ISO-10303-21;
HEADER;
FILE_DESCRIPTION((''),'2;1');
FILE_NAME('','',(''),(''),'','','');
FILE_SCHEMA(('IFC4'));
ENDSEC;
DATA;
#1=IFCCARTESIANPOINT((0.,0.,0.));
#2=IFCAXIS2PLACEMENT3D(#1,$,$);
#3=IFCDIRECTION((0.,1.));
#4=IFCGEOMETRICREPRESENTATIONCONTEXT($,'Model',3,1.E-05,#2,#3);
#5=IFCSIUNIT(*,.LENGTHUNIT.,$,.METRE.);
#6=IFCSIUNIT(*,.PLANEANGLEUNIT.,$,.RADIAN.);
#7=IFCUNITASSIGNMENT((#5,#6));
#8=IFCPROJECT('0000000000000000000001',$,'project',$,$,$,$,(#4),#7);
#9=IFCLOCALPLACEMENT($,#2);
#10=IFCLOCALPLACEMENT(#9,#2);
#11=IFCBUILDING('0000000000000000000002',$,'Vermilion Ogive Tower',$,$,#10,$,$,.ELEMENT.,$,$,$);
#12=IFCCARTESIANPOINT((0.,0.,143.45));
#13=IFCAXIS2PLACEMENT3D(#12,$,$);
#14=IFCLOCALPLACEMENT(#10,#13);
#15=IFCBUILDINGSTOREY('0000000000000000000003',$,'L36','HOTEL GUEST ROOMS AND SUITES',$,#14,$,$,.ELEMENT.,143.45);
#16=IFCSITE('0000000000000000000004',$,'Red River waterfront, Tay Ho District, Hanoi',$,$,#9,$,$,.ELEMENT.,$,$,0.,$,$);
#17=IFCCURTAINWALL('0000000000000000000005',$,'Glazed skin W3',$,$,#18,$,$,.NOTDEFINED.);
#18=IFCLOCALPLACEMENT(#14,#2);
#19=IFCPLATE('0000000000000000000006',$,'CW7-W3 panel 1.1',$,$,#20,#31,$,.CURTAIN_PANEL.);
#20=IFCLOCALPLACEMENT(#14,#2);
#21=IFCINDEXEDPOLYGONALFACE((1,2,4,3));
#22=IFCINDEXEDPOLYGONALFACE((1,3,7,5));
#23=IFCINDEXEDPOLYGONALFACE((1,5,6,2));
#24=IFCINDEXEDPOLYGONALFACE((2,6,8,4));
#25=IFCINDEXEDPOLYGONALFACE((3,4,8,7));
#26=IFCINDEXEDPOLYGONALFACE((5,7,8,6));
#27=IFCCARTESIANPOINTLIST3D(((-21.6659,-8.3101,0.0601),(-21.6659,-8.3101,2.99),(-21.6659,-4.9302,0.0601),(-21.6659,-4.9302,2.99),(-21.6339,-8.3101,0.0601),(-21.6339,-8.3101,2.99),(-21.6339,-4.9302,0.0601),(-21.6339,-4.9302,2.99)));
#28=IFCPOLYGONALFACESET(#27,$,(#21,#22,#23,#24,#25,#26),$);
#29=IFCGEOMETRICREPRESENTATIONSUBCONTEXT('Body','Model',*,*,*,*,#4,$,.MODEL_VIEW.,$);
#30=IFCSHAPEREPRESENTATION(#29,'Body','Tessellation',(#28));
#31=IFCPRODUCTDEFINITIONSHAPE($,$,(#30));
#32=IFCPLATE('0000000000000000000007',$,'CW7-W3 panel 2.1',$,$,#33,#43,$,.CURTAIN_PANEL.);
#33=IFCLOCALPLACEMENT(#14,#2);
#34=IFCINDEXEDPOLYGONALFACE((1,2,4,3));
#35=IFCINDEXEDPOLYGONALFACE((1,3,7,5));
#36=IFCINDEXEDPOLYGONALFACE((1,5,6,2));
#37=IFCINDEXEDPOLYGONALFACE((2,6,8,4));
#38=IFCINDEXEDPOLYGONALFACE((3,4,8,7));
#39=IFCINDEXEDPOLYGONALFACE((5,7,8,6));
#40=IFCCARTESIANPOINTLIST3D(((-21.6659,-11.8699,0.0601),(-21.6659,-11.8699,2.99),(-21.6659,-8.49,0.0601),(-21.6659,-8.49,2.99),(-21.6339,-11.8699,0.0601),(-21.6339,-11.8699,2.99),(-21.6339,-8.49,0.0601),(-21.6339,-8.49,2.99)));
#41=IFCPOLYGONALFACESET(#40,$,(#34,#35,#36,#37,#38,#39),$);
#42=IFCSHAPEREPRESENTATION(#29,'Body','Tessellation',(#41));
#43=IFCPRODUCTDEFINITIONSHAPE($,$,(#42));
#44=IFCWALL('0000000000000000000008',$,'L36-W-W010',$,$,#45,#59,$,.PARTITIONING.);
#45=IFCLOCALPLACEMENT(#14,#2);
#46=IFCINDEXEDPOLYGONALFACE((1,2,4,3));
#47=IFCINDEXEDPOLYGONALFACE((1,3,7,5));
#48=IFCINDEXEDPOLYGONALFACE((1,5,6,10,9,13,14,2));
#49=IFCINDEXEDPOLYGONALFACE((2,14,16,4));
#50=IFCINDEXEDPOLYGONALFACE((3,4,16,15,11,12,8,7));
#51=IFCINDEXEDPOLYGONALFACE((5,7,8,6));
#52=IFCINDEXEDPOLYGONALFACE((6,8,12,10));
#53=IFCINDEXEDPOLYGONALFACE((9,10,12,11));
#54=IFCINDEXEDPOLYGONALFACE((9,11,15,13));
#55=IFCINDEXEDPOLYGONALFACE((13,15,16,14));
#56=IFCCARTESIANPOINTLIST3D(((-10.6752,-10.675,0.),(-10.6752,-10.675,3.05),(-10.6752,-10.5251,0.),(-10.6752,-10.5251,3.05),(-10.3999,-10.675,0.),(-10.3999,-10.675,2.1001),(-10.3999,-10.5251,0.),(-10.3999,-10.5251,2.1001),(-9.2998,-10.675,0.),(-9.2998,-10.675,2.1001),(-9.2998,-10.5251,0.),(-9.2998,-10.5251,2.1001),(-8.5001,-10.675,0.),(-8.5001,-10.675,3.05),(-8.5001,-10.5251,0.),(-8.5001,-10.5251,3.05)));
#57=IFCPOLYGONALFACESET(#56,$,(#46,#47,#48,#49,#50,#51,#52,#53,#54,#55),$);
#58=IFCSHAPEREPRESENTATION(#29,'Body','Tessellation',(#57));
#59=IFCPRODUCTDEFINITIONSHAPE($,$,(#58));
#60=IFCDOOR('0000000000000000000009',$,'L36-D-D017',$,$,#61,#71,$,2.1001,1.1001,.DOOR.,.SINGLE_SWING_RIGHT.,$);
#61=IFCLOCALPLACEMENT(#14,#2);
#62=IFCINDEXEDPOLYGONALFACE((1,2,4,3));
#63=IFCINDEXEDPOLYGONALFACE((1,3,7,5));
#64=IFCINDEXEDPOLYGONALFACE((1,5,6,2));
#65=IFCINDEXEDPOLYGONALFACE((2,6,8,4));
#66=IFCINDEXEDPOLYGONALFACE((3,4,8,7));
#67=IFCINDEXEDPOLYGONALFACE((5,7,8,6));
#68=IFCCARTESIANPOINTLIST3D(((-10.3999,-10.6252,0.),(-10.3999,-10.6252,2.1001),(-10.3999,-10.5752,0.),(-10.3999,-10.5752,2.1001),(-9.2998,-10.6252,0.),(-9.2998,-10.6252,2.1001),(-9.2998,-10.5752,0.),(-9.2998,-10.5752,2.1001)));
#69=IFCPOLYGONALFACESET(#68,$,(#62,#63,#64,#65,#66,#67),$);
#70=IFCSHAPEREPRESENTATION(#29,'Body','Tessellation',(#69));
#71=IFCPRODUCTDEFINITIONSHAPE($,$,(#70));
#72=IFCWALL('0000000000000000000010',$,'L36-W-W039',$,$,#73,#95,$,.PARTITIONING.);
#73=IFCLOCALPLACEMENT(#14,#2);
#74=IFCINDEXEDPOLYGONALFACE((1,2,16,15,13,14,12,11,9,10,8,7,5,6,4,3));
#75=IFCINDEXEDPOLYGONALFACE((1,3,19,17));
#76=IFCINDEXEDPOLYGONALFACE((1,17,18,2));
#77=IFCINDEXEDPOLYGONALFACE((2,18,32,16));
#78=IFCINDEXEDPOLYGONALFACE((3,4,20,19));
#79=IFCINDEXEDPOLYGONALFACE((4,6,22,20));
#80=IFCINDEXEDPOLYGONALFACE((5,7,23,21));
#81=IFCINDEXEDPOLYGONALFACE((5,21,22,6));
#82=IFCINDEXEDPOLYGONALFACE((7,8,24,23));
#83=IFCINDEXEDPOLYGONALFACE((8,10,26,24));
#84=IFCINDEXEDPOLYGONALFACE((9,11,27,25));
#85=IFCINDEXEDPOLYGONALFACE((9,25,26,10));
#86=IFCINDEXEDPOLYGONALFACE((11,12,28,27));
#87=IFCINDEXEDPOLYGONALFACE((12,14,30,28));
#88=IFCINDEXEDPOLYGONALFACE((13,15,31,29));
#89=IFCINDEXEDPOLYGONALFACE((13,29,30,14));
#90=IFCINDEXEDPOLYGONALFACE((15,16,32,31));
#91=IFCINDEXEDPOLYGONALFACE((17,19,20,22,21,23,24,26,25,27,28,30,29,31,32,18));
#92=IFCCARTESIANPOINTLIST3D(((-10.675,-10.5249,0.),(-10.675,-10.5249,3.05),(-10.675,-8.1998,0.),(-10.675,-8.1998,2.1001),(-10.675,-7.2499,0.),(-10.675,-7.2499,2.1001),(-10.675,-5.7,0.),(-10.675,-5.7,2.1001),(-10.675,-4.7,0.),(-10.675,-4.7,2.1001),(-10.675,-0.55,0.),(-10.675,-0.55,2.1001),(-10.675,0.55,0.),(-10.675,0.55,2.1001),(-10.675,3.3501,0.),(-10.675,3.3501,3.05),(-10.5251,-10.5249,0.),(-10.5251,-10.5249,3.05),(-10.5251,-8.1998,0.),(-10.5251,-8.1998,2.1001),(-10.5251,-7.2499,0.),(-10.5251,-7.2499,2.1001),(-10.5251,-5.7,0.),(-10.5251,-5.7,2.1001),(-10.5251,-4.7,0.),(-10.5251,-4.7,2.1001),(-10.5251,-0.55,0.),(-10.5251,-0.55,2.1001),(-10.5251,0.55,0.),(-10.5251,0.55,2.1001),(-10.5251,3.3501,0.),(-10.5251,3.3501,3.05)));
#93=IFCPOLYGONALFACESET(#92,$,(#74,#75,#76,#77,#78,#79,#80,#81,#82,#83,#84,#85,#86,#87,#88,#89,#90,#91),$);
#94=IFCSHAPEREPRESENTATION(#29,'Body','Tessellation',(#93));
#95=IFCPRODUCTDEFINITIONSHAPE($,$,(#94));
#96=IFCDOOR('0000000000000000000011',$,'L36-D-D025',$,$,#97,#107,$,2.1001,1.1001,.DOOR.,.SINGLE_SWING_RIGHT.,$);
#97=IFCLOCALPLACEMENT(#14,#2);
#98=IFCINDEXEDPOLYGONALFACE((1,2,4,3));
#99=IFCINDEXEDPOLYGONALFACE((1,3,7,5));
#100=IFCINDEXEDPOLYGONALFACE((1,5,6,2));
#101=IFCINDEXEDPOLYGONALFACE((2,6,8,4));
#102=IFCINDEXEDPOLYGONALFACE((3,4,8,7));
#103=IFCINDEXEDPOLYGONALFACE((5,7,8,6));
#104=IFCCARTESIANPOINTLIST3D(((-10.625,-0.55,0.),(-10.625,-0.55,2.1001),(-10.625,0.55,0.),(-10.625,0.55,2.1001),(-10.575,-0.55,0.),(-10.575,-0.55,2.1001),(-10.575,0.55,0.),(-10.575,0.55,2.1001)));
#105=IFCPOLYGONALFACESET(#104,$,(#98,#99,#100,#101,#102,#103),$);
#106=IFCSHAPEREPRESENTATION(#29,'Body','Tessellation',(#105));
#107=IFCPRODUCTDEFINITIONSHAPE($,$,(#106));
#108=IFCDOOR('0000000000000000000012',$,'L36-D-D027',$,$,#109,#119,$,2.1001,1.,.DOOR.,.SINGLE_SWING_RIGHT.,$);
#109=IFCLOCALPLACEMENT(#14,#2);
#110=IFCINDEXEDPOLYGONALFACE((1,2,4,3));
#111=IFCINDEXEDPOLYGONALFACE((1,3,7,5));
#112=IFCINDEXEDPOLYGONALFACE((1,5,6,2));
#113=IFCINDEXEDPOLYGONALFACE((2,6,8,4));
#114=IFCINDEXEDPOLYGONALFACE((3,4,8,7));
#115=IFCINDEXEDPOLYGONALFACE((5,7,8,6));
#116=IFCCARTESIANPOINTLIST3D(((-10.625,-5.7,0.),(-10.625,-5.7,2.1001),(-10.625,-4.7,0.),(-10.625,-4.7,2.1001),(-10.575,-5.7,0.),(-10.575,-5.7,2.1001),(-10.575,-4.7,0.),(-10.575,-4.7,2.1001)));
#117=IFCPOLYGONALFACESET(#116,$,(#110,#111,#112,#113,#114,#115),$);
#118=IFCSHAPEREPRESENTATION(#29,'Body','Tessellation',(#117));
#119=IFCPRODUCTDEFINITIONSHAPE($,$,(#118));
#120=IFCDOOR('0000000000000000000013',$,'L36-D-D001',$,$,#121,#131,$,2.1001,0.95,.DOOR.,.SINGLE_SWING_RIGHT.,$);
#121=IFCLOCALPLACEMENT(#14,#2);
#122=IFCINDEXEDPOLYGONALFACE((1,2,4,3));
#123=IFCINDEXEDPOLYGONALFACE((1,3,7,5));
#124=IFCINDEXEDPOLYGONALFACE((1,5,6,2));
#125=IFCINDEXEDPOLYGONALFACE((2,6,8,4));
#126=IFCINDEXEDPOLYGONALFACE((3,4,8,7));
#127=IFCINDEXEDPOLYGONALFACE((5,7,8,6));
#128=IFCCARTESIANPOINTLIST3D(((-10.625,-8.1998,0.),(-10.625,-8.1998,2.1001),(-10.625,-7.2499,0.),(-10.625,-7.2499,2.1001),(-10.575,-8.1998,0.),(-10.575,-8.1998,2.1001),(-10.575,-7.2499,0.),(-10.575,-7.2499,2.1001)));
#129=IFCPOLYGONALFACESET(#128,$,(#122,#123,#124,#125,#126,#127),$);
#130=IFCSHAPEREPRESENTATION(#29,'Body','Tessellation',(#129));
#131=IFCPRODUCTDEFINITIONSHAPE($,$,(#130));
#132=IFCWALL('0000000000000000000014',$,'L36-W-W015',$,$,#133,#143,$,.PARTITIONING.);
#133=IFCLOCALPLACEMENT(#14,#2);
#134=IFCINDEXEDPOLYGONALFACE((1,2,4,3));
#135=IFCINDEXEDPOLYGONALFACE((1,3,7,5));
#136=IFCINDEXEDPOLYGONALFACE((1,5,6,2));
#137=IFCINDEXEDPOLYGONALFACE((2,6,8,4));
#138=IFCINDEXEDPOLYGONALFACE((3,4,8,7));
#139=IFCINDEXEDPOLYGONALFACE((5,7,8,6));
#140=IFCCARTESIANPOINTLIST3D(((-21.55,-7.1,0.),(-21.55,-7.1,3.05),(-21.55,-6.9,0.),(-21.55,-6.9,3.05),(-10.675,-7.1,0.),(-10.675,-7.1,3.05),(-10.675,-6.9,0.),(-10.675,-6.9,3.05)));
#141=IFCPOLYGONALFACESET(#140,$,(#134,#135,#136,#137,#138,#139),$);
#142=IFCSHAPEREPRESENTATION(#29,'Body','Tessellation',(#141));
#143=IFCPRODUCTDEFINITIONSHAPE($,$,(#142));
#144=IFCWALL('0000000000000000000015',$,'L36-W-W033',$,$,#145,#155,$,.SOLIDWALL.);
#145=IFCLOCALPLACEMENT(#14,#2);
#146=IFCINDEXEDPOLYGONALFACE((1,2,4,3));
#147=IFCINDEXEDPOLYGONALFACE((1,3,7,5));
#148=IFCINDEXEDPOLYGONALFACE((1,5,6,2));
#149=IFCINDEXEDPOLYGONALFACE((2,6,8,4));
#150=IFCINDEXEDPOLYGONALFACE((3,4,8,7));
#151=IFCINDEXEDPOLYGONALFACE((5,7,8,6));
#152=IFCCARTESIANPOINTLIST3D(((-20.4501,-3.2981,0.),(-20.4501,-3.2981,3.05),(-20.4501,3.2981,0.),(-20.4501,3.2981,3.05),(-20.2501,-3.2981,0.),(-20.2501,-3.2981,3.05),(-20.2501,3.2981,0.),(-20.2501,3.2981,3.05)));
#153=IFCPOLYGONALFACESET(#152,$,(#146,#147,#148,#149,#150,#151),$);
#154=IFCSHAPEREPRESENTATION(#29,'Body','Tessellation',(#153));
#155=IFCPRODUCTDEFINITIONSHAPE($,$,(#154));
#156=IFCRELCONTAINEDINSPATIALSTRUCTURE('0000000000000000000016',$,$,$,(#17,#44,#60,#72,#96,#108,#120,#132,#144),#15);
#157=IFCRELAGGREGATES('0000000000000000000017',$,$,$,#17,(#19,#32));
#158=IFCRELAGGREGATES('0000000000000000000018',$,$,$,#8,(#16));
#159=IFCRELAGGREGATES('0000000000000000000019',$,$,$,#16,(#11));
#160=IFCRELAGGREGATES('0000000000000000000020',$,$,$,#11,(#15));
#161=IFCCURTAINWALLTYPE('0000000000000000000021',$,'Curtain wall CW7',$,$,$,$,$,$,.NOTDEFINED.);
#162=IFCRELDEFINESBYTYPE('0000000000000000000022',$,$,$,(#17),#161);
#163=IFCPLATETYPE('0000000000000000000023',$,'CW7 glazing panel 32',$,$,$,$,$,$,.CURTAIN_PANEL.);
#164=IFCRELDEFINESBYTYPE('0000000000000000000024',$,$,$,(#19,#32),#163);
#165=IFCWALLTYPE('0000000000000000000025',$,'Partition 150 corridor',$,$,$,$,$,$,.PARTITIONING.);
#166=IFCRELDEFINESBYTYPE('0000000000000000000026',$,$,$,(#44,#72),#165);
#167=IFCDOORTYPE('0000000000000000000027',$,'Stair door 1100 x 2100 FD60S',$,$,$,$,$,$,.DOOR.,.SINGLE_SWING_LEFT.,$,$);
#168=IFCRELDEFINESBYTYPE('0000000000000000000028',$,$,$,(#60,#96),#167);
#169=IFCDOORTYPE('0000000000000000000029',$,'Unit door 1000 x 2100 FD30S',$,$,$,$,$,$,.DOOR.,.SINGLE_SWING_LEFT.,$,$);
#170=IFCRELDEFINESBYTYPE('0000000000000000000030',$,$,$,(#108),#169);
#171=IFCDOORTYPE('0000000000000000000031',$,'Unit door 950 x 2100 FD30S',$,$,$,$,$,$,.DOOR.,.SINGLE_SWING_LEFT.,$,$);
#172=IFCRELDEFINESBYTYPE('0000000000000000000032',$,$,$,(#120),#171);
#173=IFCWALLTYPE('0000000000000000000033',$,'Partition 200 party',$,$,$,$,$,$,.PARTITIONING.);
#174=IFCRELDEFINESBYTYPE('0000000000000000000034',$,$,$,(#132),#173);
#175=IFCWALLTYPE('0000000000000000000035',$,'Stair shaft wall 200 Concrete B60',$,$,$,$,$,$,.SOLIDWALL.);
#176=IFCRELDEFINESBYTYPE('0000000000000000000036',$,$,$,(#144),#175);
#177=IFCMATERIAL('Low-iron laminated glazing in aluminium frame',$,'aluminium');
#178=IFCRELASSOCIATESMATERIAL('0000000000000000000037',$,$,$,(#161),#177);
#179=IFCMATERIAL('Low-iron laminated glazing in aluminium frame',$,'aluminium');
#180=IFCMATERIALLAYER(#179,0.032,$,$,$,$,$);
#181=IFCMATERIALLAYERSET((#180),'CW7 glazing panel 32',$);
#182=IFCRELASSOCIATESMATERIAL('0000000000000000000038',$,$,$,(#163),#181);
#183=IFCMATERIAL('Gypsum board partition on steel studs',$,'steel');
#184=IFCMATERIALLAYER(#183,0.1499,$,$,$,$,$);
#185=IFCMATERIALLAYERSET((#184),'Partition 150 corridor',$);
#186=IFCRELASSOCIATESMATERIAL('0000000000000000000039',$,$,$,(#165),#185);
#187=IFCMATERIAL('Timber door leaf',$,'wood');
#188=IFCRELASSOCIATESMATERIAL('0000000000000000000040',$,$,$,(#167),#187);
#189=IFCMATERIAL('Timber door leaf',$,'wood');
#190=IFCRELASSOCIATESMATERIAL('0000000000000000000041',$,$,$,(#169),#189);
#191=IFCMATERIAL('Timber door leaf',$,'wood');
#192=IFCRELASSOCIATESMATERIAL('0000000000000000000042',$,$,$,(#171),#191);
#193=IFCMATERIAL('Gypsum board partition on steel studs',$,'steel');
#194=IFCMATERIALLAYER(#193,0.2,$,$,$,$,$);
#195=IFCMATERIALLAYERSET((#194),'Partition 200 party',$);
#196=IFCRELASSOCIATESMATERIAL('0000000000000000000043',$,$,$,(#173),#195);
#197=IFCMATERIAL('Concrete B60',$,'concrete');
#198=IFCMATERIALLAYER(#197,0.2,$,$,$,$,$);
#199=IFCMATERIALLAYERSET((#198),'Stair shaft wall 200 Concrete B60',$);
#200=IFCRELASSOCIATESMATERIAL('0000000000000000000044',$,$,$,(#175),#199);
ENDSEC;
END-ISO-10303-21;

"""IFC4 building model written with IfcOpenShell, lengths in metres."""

from ifc_helpers import new_model, si_unit, direction, frame, frame_2d, origin, origin_2d, place, context, subcontext, project, spatial, rectangle, extrude, material, layer, layer_set, type_object, element, fill, aggregate, save


model = new_model("IFC4")

# Units and contexts
model_context = context("Model", 3, precision=1e-05, world=origin(), true_north=direction((0.0, 1.0)))
body_context = subcontext(model_context, "Body", "Model", "MODEL_VIEW")
ifc_project = project(units=[si_unit("LENGTHUNIT", "METRE"), si_unit("PLANEANGLEUNIT", "RADIAN")], contexts=[model_context])

# Site, building, storey
site_placement = place(None, origin())
site = spatial("IfcSite", under=ifc_project, at=site_placement, Name="Red River waterfront, Tay Ho District, Hanoi", CompositionType="ELEMENT", RefElevation=0.0)
building_placement = place(site_placement, origin())
building = spatial("IfcBuilding", under=site, at=building_placement, Name="Vermilion Ogive Tower", CompositionType="ELEMENT")
storey_placement = place(building_placement, frame((0.0, 0.0, 143.45)))
storey = spatial("IfcBuildingStorey", under=building, at=storey_placement, Name="L36", Description="HOTEL GUEST ROOMS AND SUITES", CompositionType="ELEMENT", Elevation=143.45)

# Curtain wall
ifc_material_1 = material(Name="Low-iron laminated glazing in aluminium frame", Category="aluminium")
curtain_wall_type = type_object("IfcCurtainWallType", Name="Curtain wall CW7", PredefinedType="NOTDEFINED", material=ifc_material_1)
curtain_wall_1_placement = place(storey_placement, origin())
curtain_wall_1 = element("IfcCurtainWall", 1, at=curtain_wall_1_placement, inside=storey, type_object=curtain_wall_type, Name="Glazed skin W3", PredefinedType="NOTDEFINED")

# Plates
ifc_material_2 = material(Name="Low-iron laminated glazing in aluminium frame", Category="aluminium")
ifc_layer_1 = layer(ifc_material_2, 0.032)
ifc_layer_set_1 = layer_set([ifc_layer_1], Name="CW7 glazing panel 32")
plate_type = type_object("IfcPlateType", Name="CW7 glazing panel 32", PredefinedType="CURTAIN_PANEL", material=ifc_layer_set_1)
plate_1_placement = place(storey_placement, frame((-21.6499, -6.6201, 0.0601), z_axis=(0.0, 0.0, 1.0), x_axis=(0.0, -1.0, 0.0)))
plate_1 = element("IfcPlate", 2, at=plate_1_placement, type_object=plate_type, Name="CW7-W3 panel 1.1", PredefinedType="CURTAIN_PANEL", context=body_context, shape_type="SweptSolid", body=[
    extrude(rectangle(XDim=3.3799, YDim=0.032, at=origin_2d()), origin(), (0.0, 0.0, 1.0), 2.9299),
])
plate_2_placement = place(storey_placement, frame((-21.6499, -10.1799, 0.0601), z_axis=(0.0, 0.0, 1.0), x_axis=(0.0, -1.0, 0.0)))
plate_2 = element("IfcPlate", 3, at=plate_2_placement, type_object=plate_type, Name="CW7-W3 panel 2.1", PredefinedType="CURTAIN_PANEL", context=body_context, shape_type="SweptSolid", body=[
    extrude(rectangle(XDim=3.3799, YDim=0.032, at=origin_2d()), origin(), (0.0, 0.0, 1.0), 2.9299),
])
aggregate(curtain_wall_1, [plate_1, plate_2])

# Wall, opening, door
ifc_material_3 = material(Name="Gypsum board partition on steel studs", Category="steel")
ifc_layer_2 = layer(ifc_material_3, 0.1499)
ifc_layer_set_2 = layer_set([ifc_layer_2], Name="Partition 150 corridor")
wall_type_1 = type_object("IfcWallType", Name="Partition 150 corridor", PredefinedType="PARTITIONING", material=ifc_layer_set_2)
wall_1_placement = place(storey_placement, frame((-10.675, -10.6001, 0.0), z_axis=(0.0, 0.0, 1.0), x_axis=(1.0, 0.0, 0.0)))
wall_1 = element("IfcWall", 4, at=wall_1_placement, inside=storey, type_object=wall_type_1, Name="L36-W-W010", PredefinedType="PARTITIONING", context=body_context, shape_type="SweptSolid", body=[
    extrude(rectangle(XDim=2.175, YDim=0.1499, at=frame_2d((1.0874, 0.0))), origin(), (0.0, 0.0, 1.0), 3.05),
])
opening_1_placement = place(wall_1_placement, frame((0.2751, 0.0, 0.0)))
opening_1 = element("IfcOpeningElement", 5, at=opening_1_placement, cuts=wall_1, PredefinedType="OPENING", context=body_context, shape_type="SweptSolid", body=[
    extrude(rectangle(XDim=1.1001, YDim=2.1001, at=frame_2d((0.55, 1.05))), frame((0.0, 0.085, 0.0), z_axis=(0.0, -1.0, 0.0), x_axis=(1.0, 0.0, 0.0)), (0.0, 0.0, 1.0), 0.1699),
])
ifc_material_4 = material(Name="Timber door leaf", Category="wood")
door_type_1 = type_object("IfcDoorType", Name="Stair door 1100 x 2100 FD60S", OperationType="SINGLE_SWING_LEFT", PredefinedType="DOOR", material=ifc_material_4)
door_1_placement = place(opening_1_placement, origin())
door_1 = element("IfcDoor", 6, at=door_1_placement, inside=storey, type_object=door_type_1, Name="L36-D-D017", OperationType="SINGLE_SWING_RIGHT", OverallHeight=2.1001, OverallWidth=1.1001, PredefinedType="DOOR", context=body_context, shape_type="SweptSolid", body=[
    extrude(rectangle(XDim=1.1001, YDim=2.1001, at=frame_2d((0.55, 1.05))), frame((0.0, 0.0249, 0.0), z_axis=(0.0, -1.0, 0.0), x_axis=(1.0, 0.0, 0.0)), (0.0, 0.0, 1.0), 0.05),
])
fill(opening_1, door_1)

# Wall, openings, doors
wall_2_placement = place(storey_placement, frame((-10.6001, -10.5249, 0.0), z_axis=(0.0, 0.0, 1.0), x_axis=(0.0, 1.0, 0.0)))
wall_2 = element("IfcWall", 7, at=wall_2_placement, inside=storey, type_object=wall_type_1, Name="L36-W-W039", PredefinedType="PARTITIONING", context=body_context, shape_type="SweptSolid", body=[
    extrude(rectangle(XDim=13.875, YDim=0.1499, at=frame_2d((6.9375, 0.0))), origin(), (0.0, 0.0, 1.0), 3.05),
])
opening_2_placement = place(wall_2_placement, frame((2.325, 0.0, 0.0)))
opening_2 = element("IfcOpeningElement", 8, at=opening_2_placement, cuts=wall_2, PredefinedType="OPENING", context=body_context, shape_type="SweptSolid", body=[
    extrude(rectangle(XDim=0.95, YDim=2.1001, at=frame_2d((0.4751, 1.05))), frame((0.0, 0.085, 0.0), z_axis=(0.0, -1.0, 0.0), x_axis=(1.0, 0.0, 0.0)), (0.0, 0.0, 1.0), 0.1699),
])
opening_3_placement = place(wall_2_placement, frame((9.9749, 0.0, 0.0)))
opening_3 = element("IfcOpeningElement", 9, at=opening_3_placement, cuts=wall_2, PredefinedType="OPENING", context=body_context, shape_type="SweptSolid", body=[
    extrude(rectangle(XDim=1.1001, YDim=2.1001, at=frame_2d((0.55, 1.05))), frame((0.0, 0.085, 0.0), z_axis=(0.0, -1.0, 0.0), x_axis=(1.0, 0.0, 0.0)), (0.0, 0.0, 1.0), 0.1699),
])
opening_4_placement = place(wall_2_placement, frame((4.825, 0.0, 0.0)))
opening_4 = element("IfcOpeningElement", 10, at=opening_4_placement, cuts=wall_2, PredefinedType="OPENING", context=body_context, shape_type="SweptSolid", body=[
    extrude(rectangle(XDim=1.0, YDim=2.1001, at=frame_2d((0.5, 1.05))), frame((0.0, 0.085, 0.0), z_axis=(0.0, -1.0, 0.0), x_axis=(1.0, 0.0, 0.0)), (0.0, 0.0, 1.0), 0.1699),
])
door_2_placement = place(opening_3_placement, origin())
door_2 = element("IfcDoor", 11, at=door_2_placement, inside=storey, type_object=door_type_1, Name="L36-D-D025", OperationType="SINGLE_SWING_RIGHT", OverallHeight=2.1001, OverallWidth=1.1001, PredefinedType="DOOR", context=body_context, shape_type="SweptSolid", body=[
    extrude(rectangle(XDim=1.1001, YDim=2.1001, at=frame_2d((0.55, 1.05))), frame((0.0, 0.0249, 0.0), z_axis=(0.0, -1.0, 0.0), x_axis=(1.0, 0.0, 0.0)), (0.0, 0.0, 1.0), 0.05),
])
fill(opening_3, door_2)
ifc_material_5 = material(Name="Timber door leaf", Category="wood")
door_type_2 = type_object("IfcDoorType", Name="Unit door 1000 x 2100 FD30S", OperationType="SINGLE_SWING_LEFT", PredefinedType="DOOR", material=ifc_material_5)
door_3_placement = place(opening_4_placement, origin())
door_3 = element("IfcDoor", 12, at=door_3_placement, inside=storey, type_object=door_type_2, Name="L36-D-D027", OperationType="SINGLE_SWING_RIGHT", OverallHeight=2.1001, OverallWidth=1.0, PredefinedType="DOOR", context=body_context, shape_type="SweptSolid", body=[
    extrude(rectangle(XDim=1.0, YDim=2.1001, at=frame_2d((0.5, 1.05))), frame((0.0, 0.0249, 0.0), z_axis=(0.0, -1.0, 0.0), x_axis=(1.0, 0.0, 0.0)), (0.0, 0.0, 1.0), 0.05),
])
fill(opening_4, door_3)
ifc_material_6 = material(Name="Timber door leaf", Category="wood")
door_type_3 = type_object("IfcDoorType", Name="Unit door 950 x 2100 FD30S", OperationType="SINGLE_SWING_LEFT", PredefinedType="DOOR", material=ifc_material_6)
door_4_placement = place(opening_2_placement, origin())
door_4 = element("IfcDoor", 13, at=door_4_placement, inside=storey, type_object=door_type_3, Name="L36-D-D001", OperationType="SINGLE_SWING_RIGHT", OverallHeight=2.1001, OverallWidth=0.95, PredefinedType="DOOR", context=body_context, shape_type="SweptSolid", body=[
    extrude(rectangle(XDim=0.95, YDim=2.1001, at=frame_2d((0.4751, 1.05))), frame((0.0, 0.0249, 0.0), z_axis=(0.0, -1.0, 0.0), x_axis=(1.0, 0.0, 0.0)), (0.0, 0.0, 1.0), 0.05),
])
fill(opening_2, door_4)

# Walls
ifc_material_7 = material(Name="Gypsum board partition on steel studs", Category="steel")
ifc_layer_3 = layer(ifc_material_7, 0.2)
ifc_layer_set_3 = layer_set([ifc_layer_3], Name="Partition 200 party")
wall_type_2 = type_object("IfcWallType", Name="Partition 200 party", PredefinedType="PARTITIONING", material=ifc_layer_set_3)
wall_3_placement = place(storey_placement, frame((-21.55, -7.0, 0.0), z_axis=(0.0, 0.0, 1.0), x_axis=(1.0, 0.0, 0.0)))
element("IfcWall", 14, at=wall_3_placement, inside=storey, type_object=wall_type_2, Name="L36-W-W015", PredefinedType="PARTITIONING", context=body_context, shape_type="SweptSolid", body=[
    extrude(rectangle(XDim=10.875, YDim=0.2, at=frame_2d((5.4375, 0.0))), origin(), (0.0, 0.0, 1.0), 3.05),
])
ifc_material_8 = material(Name="Concrete B60", Category="concrete")
ifc_layer_4 = layer(ifc_material_8, 0.2)
ifc_layer_set_4 = layer_set([ifc_layer_4], Name="Stair shaft wall 200 Concrete B60")
wall_type_3 = type_object("IfcWallType", Name="Stair shaft wall 200 Concrete B60", PredefinedType="SOLIDWALL", material=ifc_layer_set_4)
wall_4_placement = place(storey_placement, frame((-20.3501, -3.2981, 0.0), z_axis=(0.0, 0.0, 1.0), x_axis=(0.0, 1.0, 0.0)))
element("IfcWall", 15, at=wall_4_placement, inside=storey, type_object=wall_type_3, Name="L36-W-W033", PredefinedType="SOLIDWALL", context=body_context, shape_type="SweptSolid", body=[
    extrude(rectangle(XDim=6.5962, YDim=0.2, at=frame_2d((3.2981, 0.0))), origin(), (0.0, 0.0, 1.0), 3.05),
])

save(model, "model.ifc")
